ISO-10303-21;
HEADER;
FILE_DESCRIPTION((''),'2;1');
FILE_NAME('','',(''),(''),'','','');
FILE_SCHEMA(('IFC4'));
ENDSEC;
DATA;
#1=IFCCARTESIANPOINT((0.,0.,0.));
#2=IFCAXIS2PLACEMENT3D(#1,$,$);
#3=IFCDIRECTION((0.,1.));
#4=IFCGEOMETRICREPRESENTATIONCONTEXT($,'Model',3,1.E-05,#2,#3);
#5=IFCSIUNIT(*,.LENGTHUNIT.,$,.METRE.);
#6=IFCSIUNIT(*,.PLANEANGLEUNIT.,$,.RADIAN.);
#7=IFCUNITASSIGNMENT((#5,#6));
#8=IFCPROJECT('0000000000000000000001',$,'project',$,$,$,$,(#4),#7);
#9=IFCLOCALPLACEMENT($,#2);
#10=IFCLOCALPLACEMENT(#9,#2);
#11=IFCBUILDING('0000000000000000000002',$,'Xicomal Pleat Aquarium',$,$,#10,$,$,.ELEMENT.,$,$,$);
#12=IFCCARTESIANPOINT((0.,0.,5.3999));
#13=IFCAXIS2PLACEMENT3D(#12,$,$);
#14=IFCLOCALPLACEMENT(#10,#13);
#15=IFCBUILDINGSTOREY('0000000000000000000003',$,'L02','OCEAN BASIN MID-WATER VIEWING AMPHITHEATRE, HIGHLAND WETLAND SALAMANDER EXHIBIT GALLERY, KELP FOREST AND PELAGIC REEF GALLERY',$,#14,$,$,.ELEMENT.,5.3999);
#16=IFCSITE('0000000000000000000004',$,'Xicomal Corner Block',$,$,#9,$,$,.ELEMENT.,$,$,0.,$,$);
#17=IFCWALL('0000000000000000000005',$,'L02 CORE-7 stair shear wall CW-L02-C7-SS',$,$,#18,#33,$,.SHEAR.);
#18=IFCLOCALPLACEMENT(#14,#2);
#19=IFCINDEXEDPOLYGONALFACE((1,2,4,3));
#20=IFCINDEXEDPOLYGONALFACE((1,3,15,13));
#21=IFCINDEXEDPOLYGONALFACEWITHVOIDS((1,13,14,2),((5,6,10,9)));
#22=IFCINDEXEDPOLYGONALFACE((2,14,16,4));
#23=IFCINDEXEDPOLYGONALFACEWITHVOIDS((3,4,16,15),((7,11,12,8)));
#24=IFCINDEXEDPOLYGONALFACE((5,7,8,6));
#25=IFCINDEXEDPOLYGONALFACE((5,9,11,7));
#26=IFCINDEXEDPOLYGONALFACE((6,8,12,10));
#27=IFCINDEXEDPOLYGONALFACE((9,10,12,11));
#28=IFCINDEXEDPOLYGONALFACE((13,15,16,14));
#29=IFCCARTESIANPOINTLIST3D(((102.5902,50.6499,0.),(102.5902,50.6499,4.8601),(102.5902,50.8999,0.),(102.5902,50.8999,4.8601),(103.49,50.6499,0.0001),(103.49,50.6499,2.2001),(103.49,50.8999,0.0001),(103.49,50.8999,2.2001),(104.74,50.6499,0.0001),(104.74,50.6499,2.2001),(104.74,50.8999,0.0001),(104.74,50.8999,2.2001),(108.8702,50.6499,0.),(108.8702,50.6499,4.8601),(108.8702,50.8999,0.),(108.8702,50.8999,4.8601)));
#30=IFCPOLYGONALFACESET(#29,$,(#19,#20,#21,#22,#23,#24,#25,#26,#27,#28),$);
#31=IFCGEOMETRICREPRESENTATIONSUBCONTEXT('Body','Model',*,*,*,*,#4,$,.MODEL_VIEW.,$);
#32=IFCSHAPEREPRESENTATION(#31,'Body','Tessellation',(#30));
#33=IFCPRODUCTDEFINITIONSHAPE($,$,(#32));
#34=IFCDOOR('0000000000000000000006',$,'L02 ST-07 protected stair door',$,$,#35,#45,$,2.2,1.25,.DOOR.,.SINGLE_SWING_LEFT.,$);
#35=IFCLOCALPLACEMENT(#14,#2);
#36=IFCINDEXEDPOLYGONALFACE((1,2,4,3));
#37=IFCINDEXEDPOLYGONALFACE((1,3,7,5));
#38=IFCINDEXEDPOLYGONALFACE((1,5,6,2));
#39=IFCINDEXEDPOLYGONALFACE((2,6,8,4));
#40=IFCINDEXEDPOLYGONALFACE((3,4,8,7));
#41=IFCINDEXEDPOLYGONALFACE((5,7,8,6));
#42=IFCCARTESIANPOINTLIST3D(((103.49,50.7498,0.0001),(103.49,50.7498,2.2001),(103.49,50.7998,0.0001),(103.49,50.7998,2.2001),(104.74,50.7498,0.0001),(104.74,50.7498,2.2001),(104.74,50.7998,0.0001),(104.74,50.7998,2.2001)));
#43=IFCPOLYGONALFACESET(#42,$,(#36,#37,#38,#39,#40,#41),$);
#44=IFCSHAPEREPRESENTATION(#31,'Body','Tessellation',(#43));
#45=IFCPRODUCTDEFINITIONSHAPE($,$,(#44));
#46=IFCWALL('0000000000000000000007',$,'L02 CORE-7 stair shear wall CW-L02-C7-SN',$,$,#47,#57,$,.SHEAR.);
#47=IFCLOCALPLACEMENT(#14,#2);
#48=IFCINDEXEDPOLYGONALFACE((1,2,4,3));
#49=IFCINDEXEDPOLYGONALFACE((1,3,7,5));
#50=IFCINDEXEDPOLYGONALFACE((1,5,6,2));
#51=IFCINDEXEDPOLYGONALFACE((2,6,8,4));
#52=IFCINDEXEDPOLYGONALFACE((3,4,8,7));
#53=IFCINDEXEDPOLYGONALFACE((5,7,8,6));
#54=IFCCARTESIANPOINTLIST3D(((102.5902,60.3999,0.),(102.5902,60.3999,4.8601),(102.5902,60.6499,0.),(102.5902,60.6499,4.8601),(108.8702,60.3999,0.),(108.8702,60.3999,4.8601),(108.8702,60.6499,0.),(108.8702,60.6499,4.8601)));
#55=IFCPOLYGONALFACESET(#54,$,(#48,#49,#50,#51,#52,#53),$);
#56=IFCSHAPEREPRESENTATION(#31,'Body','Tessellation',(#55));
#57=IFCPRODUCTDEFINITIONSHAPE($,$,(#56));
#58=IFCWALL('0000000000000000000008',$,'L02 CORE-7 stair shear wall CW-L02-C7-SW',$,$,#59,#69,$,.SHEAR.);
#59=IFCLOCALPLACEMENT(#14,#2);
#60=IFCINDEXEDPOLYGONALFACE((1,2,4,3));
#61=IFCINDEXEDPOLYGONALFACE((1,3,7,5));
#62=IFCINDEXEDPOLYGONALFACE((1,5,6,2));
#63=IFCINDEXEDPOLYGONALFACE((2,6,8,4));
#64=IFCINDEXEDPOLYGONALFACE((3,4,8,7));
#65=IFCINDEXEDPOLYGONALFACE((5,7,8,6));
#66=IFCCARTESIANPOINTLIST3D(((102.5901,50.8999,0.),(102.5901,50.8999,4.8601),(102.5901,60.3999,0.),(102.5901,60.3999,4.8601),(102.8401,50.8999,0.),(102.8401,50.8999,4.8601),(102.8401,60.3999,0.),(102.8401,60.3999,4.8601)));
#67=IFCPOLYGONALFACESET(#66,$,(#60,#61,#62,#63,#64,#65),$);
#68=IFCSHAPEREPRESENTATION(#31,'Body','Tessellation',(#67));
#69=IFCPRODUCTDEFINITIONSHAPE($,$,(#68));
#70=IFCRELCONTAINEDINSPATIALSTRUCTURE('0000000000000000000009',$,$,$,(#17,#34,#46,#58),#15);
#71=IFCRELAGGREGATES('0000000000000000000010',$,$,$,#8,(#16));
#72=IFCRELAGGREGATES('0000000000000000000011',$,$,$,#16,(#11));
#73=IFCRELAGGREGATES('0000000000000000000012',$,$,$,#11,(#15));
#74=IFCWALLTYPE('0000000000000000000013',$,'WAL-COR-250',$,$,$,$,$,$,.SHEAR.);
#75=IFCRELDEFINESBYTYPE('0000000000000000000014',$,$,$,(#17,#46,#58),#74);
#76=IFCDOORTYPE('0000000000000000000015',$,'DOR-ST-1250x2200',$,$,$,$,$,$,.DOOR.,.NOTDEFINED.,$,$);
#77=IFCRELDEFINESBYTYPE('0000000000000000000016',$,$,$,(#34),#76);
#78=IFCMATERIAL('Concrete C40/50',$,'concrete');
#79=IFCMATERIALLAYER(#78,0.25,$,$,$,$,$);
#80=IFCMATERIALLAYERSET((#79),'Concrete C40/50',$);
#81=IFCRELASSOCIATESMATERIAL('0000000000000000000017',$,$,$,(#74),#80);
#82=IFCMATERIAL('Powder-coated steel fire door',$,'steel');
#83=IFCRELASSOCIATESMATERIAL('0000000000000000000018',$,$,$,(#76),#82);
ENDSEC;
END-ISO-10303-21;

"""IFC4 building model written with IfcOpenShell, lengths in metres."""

from ifc_helpers import new_model, si_unit, direction, frame, frame_2d, origin, place, context, subcontext, project, spatial, rectangle, extrude, material, layer, layer_set, type_object, element, fill, save


model = new_model("IFC4")

# Units and contexts
model_context = context("Model", 3, precision=1e-05, world=origin(), true_north=direction((0.0, 1.0)))
body_context = subcontext(model_context, "Body", "Model", "MODEL_VIEW")
ifc_project = project(units=[si_unit("LENGTHUNIT", "METRE"), si_unit("PLANEANGLEUNIT", "RADIAN")], contexts=[model_context])

# Site, building, storey
site_placement = place(None, origin())
site = spatial("IfcSite", under=ifc_project, at=site_placement, Name="Xicomal Corner Block", CompositionType="ELEMENT", RefElevation=0.0)
building_placement = place(site_placement, origin())
building = spatial("IfcBuilding", under=site, at=building_placement, Name="Xicomal Pleat Aquarium", CompositionType="ELEMENT")
storey_placement = place(building_placement, frame((0.0, 0.0, 5.3999)))
storey = spatial("IfcBuildingStorey", under=building, at=storey_placement, Name="L02", Description="OCEAN BASIN MID-WATER VIEWING AMPHITHEATRE, HIGHLAND WETLAND SALAMANDER EXHIBIT GALLERY, KELP FOREST AND PELAGIC REEF GALLERY", CompositionType="ELEMENT", Elevation=5.3999)

# Wall, opening, door
ifc_material_1 = material(Name="Concrete C40/50", Category="concrete")
ifc_layer = layer(ifc_material_1, 0.25)
ifc_layer_set = layer_set([ifc_layer], Name="Concrete C40/50")
wall_type = type_object("IfcWallType", Name="WAL-COR-250", PredefinedType="SHEAR", material=ifc_layer_set)
wall_1_placement = place(storey_placement, frame((102.5901, 50.7749, 0.0), z_axis=(0.0, 0.0, 1.0), x_axis=(1.0, 0.0, 0.0)))
wall_1 = element("IfcWall", 1, at=wall_1_placement, inside=storey, type_object=wall_type, Name="L02 CORE-7 stair shear wall CW-L02-C7-SS", PredefinedType="SHEAR", context=body_context, shape_type="SweptSolid", body=[
    extrude(rectangle(XDim=6.28, YDim=0.25, at=frame_2d((3.1401, 0.0))), origin(), (0.0, 0.0, 1.0), 4.8601),
])
opening_placement = place(wall_1_placement, frame((0.8999, 0.0, 0.0)))
opening = element("IfcOpeningElement", 2, at=opening_placement, cuts=wall_1, PredefinedType="OPENING", context=body_context, shape_type="SweptSolid", body=[
    extrude(rectangle(XDim=1.25, YDim=2.2, at=frame_2d((0.625, 1.1001))), frame((0.0, 0.135, 0.0), z_axis=(0.0, -1.0, 0.0), x_axis=(1.0, 0.0, 0.0)), (0.0, 0.0, 1.0), 0.27),
])
ifc_material_2 = material(Name="Powder-coated steel fire door", Category="steel")
door_type = type_object("IfcDoorType", Name="DOR-ST-1250x2200", OperationType="NOTDEFINED", PredefinedType="DOOR", material=ifc_material_2)
door_placement = place(opening_placement, origin())
door = element("IfcDoor", 3, at=door_placement, inside=storey, type_object=door_type, Name="L02 ST-07 protected stair door", OperationType="SINGLE_SWING_LEFT", OverallHeight=2.2, OverallWidth=1.25, PredefinedType="DOOR", context=body_context, shape_type="SweptSolid", body=[
    extrude(rectangle(XDim=1.25, YDim=2.2, at=frame_2d((0.625, 1.1001))), frame((0.0, 0.0249, 0.0), z_axis=(0.0, -1.0, 0.0), x_axis=(1.0, 0.0, 0.0)), (0.0, 0.0, 1.0), 0.05),
])
fill(opening, door)

# Walls
wall_2_placement = place(storey_placement, frame((102.5901, 60.5249, 0.0), z_axis=(0.0, 0.0, 1.0), x_axis=(1.0, 0.0, 0.0)))
element("IfcWall", 4, at=wall_2_placement, inside=storey, type_object=wall_type, Name="L02 CORE-7 stair shear wall CW-L02-C7-SN", PredefinedType="SHEAR", context=body_context, shape_type="SweptSolid", body=[
    extrude(rectangle(XDim=6.28, YDim=0.25, at=frame_2d((3.1401, 0.0))), origin(), (0.0, 0.0, 1.0), 4.8601),
])
wall_3_placement = place(storey_placement, frame((102.7151, 50.8999, 0.0), z_axis=(0.0, 0.0, 1.0), x_axis=(0.0, 1.0, 0.0)))
element("IfcWall", 5, at=wall_3_placement, inside=storey, type_object=wall_type, Name="L02 CORE-7 stair shear wall CW-L02-C7-SW", PredefinedType="SHEAR", context=body_context, shape_type="SweptSolid", body=[
    extrude(rectangle(XDim=9.5, YDim=0.25, at=frame_2d((4.75, 0.0))), origin(), (0.0, 0.0, 1.0), 4.8601),
])

save(model, "model.ifc")
